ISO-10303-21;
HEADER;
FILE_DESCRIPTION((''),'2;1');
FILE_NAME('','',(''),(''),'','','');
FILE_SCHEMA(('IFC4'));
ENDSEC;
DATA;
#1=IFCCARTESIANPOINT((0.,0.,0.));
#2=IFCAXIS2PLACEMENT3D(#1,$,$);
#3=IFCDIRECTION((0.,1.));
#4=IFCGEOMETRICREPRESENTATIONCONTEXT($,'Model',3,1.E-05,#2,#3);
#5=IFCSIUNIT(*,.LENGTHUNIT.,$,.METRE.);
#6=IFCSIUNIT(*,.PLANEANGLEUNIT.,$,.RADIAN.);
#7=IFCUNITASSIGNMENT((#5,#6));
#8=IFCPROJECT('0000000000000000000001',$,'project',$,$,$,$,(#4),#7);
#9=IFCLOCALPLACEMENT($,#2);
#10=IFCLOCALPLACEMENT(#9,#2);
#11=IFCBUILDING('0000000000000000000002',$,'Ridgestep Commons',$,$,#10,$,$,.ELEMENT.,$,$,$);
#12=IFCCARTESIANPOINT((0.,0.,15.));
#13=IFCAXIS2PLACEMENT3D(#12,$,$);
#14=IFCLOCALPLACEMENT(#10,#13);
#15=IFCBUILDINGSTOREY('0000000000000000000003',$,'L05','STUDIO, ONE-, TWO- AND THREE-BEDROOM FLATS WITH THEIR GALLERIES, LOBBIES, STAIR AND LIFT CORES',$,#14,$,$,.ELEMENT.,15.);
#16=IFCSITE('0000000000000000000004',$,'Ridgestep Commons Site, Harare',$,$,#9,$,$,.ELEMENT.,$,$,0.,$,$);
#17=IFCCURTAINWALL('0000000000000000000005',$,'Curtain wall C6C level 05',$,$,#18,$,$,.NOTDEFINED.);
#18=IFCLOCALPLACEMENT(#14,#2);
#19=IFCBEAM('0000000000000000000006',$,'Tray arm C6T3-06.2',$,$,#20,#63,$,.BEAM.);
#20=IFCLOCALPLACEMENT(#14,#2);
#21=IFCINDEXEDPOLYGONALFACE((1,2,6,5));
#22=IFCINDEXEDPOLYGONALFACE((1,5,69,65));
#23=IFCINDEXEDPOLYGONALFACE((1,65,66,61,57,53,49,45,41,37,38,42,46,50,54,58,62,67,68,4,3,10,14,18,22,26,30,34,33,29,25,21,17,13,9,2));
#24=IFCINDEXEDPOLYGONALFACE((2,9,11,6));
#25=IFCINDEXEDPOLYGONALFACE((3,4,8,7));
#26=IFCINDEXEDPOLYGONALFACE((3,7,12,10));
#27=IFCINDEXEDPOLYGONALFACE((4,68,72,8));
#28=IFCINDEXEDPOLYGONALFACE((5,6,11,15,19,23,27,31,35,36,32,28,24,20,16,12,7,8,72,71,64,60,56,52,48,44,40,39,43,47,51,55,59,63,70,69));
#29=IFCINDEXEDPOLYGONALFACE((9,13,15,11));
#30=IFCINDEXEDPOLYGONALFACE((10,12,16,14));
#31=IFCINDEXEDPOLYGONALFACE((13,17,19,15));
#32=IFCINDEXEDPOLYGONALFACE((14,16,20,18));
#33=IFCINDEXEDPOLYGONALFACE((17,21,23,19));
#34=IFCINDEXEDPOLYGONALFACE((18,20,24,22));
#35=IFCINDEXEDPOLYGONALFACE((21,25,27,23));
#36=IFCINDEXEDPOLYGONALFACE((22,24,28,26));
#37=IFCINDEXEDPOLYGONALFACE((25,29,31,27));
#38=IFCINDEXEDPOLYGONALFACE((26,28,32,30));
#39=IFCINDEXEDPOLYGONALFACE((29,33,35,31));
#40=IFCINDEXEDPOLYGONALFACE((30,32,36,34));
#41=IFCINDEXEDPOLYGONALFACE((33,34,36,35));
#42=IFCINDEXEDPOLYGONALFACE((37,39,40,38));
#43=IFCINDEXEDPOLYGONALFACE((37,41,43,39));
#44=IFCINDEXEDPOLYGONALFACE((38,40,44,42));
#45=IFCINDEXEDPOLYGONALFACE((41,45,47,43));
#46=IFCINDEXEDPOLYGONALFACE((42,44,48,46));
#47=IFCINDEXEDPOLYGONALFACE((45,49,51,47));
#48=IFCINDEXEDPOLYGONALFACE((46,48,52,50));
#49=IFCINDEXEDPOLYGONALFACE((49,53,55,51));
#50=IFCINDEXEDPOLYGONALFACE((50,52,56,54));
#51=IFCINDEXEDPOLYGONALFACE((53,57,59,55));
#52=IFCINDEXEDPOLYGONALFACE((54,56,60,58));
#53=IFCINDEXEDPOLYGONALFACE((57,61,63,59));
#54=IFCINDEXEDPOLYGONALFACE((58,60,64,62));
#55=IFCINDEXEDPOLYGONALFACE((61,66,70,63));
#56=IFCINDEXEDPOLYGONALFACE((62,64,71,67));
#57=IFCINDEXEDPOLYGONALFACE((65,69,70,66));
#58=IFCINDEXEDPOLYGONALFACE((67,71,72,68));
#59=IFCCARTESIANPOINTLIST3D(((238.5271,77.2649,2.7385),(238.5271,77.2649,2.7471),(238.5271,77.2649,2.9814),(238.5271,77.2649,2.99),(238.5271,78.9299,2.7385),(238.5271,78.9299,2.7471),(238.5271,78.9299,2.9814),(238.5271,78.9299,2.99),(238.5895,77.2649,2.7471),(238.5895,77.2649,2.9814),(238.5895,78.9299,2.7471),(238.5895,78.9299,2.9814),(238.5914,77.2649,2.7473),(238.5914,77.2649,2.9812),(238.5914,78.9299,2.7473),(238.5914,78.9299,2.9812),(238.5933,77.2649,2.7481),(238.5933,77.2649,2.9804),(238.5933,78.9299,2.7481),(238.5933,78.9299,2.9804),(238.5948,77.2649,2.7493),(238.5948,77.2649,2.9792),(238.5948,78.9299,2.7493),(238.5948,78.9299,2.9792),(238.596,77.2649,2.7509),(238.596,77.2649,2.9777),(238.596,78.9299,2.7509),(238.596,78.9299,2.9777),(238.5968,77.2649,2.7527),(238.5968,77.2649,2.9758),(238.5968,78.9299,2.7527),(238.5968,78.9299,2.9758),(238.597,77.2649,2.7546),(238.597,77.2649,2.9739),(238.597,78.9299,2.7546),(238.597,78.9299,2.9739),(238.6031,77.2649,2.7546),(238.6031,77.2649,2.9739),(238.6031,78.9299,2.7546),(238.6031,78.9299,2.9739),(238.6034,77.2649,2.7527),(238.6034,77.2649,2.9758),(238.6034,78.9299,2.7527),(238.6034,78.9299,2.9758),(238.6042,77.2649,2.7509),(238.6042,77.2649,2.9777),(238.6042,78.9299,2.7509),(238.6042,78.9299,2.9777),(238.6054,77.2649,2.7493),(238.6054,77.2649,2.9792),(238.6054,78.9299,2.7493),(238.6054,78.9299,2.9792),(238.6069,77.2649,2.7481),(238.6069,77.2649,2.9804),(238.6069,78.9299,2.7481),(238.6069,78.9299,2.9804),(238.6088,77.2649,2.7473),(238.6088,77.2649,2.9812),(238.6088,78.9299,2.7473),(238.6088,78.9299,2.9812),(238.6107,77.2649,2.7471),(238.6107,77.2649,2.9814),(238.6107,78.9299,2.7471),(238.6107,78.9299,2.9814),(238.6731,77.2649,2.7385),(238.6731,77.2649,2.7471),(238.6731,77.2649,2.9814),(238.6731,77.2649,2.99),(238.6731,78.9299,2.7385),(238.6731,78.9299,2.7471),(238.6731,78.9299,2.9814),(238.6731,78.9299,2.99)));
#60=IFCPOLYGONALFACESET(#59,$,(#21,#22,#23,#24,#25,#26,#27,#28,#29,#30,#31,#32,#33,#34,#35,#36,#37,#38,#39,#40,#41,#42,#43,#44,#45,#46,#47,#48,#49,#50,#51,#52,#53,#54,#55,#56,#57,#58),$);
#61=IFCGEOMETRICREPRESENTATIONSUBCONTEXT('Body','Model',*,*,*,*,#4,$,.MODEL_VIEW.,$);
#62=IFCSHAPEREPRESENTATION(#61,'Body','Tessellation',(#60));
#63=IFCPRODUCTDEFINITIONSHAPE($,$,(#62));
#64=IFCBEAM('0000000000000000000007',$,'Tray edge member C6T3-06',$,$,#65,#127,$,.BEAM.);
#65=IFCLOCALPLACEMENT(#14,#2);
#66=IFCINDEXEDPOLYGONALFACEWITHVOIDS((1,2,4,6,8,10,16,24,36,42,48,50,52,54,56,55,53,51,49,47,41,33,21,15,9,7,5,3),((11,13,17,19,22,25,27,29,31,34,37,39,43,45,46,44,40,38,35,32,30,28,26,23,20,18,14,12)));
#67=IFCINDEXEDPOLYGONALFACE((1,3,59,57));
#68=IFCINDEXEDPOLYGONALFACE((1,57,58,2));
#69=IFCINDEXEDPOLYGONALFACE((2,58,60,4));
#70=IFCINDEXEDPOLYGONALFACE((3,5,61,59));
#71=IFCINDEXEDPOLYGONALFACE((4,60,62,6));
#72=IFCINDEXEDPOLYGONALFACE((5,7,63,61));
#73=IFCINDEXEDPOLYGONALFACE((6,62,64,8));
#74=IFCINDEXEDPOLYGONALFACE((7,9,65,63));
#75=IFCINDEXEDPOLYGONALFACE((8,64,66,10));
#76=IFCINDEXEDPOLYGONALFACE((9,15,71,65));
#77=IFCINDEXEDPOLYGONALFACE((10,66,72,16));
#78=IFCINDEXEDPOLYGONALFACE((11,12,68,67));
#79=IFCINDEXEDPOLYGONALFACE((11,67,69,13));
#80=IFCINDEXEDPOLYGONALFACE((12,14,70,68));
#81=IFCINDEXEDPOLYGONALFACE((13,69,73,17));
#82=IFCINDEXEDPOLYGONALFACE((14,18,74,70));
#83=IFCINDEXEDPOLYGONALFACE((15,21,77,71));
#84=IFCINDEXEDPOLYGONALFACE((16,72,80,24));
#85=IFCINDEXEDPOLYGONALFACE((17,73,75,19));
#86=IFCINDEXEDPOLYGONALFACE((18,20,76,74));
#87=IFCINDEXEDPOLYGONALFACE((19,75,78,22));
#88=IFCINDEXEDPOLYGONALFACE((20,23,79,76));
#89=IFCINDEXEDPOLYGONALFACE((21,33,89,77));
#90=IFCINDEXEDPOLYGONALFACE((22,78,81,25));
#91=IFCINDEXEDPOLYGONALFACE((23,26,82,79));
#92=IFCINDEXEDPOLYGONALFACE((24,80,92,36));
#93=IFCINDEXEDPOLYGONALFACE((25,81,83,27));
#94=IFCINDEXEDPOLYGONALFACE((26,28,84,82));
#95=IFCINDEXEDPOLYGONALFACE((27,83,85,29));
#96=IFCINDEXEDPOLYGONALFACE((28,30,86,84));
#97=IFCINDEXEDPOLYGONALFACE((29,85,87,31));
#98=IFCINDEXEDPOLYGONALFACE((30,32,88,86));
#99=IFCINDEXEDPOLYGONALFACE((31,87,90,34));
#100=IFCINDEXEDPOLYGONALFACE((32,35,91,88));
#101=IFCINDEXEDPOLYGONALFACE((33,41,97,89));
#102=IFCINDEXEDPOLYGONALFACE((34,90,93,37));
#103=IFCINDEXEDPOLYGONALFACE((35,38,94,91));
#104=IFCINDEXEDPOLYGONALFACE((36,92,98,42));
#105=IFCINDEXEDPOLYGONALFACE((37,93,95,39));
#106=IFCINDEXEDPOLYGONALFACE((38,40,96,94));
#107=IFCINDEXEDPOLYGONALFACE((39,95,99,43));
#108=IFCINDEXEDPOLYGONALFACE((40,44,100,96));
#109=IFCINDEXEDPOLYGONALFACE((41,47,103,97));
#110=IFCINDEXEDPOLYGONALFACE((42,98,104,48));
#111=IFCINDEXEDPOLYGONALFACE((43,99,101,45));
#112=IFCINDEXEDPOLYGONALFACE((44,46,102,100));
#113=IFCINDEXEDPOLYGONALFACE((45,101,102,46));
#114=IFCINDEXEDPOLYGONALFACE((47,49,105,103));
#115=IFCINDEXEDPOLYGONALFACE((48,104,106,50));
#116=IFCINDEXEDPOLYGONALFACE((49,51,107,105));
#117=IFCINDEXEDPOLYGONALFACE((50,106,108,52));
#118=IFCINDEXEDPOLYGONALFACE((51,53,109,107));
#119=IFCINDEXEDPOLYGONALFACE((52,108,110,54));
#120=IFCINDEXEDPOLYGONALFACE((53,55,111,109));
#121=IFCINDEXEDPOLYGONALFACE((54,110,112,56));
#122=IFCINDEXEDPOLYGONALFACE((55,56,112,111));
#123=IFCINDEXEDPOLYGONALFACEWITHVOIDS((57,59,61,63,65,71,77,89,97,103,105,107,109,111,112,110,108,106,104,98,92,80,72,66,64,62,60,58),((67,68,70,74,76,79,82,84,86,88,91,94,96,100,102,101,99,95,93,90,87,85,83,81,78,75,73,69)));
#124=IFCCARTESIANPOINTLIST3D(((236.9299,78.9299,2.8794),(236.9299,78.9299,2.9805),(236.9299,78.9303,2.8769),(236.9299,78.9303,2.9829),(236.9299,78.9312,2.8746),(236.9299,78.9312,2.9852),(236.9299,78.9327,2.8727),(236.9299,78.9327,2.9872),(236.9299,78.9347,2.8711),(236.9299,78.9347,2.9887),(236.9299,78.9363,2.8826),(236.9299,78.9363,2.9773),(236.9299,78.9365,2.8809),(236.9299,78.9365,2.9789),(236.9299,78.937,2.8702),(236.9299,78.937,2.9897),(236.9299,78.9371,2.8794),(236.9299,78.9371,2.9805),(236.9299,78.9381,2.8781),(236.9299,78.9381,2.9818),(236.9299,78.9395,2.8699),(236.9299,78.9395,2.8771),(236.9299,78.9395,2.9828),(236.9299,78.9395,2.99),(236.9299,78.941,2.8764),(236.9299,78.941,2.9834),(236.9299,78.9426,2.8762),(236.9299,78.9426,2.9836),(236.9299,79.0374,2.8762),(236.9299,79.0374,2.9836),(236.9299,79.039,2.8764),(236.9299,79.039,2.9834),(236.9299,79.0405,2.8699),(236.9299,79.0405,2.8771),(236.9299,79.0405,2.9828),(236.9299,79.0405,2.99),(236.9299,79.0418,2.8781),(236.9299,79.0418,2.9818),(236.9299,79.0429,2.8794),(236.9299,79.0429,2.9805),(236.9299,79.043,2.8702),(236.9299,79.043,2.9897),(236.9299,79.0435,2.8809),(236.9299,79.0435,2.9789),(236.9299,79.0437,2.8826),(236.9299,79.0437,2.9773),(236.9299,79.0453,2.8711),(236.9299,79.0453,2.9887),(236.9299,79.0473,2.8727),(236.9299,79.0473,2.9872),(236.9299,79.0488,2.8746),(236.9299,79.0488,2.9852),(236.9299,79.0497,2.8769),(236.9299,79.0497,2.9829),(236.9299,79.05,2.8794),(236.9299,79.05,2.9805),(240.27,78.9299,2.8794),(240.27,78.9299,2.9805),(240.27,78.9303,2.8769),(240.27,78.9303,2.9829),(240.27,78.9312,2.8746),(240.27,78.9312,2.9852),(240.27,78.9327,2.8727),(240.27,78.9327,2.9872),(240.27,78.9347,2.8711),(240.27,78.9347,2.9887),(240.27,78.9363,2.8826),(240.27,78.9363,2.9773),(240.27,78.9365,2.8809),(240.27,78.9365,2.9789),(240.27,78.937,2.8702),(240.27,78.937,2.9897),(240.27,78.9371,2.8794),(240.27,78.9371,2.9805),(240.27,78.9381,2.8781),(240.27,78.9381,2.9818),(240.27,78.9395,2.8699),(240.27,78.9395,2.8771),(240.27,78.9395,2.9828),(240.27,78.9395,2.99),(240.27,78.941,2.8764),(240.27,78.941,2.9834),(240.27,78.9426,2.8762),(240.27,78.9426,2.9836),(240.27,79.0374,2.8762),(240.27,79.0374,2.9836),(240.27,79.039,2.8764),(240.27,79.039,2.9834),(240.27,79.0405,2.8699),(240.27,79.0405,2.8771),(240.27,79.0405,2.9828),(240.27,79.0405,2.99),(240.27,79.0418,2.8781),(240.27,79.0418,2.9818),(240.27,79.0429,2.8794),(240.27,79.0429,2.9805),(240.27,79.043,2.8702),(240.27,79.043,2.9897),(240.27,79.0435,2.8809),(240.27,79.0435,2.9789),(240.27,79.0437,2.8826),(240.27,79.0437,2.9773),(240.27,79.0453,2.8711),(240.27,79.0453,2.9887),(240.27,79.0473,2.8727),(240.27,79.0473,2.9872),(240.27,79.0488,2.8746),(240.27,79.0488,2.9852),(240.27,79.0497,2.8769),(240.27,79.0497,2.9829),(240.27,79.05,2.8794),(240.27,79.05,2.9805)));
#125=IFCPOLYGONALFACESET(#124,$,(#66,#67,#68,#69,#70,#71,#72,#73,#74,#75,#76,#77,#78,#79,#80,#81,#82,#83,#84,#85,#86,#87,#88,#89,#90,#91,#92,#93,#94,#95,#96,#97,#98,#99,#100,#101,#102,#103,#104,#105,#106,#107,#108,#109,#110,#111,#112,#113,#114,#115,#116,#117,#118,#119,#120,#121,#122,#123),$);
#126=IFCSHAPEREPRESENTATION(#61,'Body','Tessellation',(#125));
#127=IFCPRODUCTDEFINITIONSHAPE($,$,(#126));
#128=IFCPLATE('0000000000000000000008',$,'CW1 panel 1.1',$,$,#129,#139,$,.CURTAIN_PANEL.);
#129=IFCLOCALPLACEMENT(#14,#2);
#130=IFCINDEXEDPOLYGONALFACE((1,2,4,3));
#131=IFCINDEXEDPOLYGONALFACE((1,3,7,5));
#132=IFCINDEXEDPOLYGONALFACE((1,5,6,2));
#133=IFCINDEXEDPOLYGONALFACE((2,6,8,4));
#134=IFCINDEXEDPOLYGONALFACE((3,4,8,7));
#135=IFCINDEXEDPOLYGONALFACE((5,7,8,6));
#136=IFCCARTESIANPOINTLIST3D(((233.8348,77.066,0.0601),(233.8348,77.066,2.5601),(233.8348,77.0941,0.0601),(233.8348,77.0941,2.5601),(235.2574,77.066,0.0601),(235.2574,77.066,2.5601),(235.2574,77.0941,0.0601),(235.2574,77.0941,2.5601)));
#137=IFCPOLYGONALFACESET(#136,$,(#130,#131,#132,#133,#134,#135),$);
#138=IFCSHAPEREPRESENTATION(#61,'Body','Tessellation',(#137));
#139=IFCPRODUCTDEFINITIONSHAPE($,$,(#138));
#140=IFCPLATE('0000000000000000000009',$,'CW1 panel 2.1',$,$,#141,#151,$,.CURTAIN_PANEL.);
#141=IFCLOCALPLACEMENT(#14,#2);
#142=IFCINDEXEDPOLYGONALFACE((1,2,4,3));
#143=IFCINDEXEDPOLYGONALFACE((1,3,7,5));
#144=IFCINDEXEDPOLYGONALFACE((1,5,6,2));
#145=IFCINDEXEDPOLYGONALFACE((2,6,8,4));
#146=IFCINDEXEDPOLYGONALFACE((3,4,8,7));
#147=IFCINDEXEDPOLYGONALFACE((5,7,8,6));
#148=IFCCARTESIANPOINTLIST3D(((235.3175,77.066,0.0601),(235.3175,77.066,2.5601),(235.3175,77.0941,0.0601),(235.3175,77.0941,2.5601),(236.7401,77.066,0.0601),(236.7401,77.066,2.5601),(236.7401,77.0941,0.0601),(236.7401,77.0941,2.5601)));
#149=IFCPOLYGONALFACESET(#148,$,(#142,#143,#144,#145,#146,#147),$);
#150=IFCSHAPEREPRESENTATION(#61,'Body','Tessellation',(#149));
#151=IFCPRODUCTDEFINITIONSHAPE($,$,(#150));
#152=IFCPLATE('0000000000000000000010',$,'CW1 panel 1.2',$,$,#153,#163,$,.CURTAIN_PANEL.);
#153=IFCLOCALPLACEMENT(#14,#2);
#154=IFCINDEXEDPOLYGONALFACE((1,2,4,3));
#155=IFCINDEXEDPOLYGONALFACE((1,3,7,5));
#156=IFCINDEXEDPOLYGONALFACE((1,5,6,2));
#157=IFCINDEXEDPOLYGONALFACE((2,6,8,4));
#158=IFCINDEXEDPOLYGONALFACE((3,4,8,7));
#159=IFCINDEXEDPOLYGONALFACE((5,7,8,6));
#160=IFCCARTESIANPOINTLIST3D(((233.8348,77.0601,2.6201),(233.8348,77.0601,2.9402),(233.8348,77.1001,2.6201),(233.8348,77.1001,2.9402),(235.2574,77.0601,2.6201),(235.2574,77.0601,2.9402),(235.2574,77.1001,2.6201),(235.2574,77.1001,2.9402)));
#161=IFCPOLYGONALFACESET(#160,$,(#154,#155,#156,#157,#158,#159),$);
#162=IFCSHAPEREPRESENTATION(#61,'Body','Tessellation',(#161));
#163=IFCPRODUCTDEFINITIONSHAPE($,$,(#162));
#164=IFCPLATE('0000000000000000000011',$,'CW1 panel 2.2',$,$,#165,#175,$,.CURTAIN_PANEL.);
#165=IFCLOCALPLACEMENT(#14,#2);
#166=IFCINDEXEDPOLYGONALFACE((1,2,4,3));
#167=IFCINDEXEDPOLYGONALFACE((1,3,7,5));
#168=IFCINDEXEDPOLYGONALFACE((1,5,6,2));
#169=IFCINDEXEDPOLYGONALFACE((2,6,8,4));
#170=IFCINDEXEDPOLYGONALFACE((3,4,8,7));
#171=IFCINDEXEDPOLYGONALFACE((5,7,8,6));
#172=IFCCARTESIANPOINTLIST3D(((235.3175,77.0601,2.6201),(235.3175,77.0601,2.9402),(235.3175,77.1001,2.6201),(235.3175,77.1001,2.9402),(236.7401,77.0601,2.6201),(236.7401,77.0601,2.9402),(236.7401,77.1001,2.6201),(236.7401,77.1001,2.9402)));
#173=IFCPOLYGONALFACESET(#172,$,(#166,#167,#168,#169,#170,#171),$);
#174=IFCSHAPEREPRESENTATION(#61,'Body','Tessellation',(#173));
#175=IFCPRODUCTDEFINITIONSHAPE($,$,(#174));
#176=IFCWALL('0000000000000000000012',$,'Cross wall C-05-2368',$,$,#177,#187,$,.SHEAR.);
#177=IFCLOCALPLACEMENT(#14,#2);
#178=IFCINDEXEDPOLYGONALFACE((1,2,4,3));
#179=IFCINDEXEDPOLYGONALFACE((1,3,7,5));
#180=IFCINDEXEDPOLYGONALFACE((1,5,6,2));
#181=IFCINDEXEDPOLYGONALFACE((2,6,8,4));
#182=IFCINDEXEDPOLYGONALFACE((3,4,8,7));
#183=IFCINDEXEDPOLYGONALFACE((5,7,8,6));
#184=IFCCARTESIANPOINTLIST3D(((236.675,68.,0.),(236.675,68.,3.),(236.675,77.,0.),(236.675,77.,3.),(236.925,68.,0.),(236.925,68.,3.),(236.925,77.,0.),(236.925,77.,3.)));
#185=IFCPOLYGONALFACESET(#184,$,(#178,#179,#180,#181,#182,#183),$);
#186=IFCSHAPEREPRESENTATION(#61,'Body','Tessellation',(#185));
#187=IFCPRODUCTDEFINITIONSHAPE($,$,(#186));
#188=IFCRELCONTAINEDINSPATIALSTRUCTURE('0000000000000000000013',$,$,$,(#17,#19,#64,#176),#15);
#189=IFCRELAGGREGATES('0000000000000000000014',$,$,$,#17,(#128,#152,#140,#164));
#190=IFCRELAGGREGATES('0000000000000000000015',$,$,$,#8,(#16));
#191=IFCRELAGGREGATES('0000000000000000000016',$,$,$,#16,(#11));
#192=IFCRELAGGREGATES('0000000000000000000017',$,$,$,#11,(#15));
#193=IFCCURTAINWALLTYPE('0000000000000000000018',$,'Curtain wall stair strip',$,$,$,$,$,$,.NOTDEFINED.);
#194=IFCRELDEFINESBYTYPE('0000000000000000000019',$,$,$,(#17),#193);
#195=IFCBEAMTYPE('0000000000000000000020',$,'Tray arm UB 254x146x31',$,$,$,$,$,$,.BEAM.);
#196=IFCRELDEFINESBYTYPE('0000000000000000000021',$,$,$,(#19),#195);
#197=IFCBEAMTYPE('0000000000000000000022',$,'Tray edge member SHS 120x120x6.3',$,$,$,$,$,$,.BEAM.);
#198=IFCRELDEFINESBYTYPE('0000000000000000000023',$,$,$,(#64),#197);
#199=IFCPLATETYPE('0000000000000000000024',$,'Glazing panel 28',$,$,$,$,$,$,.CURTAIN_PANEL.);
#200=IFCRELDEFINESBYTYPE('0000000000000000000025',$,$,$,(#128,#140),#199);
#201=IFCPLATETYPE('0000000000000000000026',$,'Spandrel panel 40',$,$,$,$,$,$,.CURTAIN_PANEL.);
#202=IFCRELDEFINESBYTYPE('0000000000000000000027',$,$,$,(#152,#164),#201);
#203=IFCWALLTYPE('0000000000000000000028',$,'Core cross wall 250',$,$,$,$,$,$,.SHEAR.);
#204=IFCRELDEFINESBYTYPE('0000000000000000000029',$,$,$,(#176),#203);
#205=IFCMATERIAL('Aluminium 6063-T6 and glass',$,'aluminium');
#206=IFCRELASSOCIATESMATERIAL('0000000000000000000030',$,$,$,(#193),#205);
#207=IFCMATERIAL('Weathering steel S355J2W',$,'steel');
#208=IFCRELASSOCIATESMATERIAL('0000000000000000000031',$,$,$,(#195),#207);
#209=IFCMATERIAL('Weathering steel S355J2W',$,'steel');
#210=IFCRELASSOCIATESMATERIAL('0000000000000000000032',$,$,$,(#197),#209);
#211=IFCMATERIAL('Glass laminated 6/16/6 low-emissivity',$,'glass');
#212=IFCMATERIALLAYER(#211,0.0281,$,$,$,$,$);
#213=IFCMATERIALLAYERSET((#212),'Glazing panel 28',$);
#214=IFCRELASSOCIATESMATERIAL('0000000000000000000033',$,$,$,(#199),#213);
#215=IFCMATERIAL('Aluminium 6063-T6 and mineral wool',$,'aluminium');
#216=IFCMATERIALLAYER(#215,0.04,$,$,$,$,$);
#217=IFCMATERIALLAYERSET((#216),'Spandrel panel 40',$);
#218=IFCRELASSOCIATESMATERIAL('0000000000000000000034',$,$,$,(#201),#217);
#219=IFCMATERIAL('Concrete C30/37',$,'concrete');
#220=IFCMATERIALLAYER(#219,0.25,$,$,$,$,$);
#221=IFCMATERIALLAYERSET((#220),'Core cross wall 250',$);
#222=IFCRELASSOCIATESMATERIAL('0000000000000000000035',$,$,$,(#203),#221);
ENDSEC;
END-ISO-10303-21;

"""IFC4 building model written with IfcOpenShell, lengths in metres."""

from ifc_helpers import new_model, si_unit, direction, frame, frame_2d, origin, origin_2d, place, context, subcontext, project, spatial, rectangle, hollow_rectangle, i_section, extrude, material, layer, layer_set, material_profile, profile_set, type_object, element, aggregate, save


model = new_model("IFC4")

# Units and contexts
model_context = context("Model", 3, precision=1e-05, world=origin(), true_north=direction((0.0, 1.0)))
body_context = subcontext(model_context, "Body", "Model", "MODEL_VIEW")
ifc_project = project(units=[si_unit("LENGTHUNIT", "METRE"), si_unit("PLANEANGLEUNIT", "RADIAN")], contexts=[model_context])

# Site, building, storey
site_placement = place(None, origin())
site = spatial("IfcSite", under=ifc_project, at=site_placement, Name="Ridgestep Commons Site, Harare", CompositionType="ELEMENT", RefElevation=0.0)
building_placement = place(site_placement, origin())
building = spatial("IfcBuilding", under=site, at=building_placement, Name="Ridgestep Commons", CompositionType="ELEMENT")
storey_placement = place(building_placement, frame((0.0, 0.0, 15.0)))
storey = spatial("IfcBuildingStorey", under=building, at=storey_placement, Name="L05", Description="STUDIO, ONE-, TWO- AND THREE-BEDROOM FLATS WITH THEIR GALLERIES, LOBBIES, STAIR AND LIFT CORES", CompositionType="ELEMENT", Elevation=15.0)

# Curtain wall
ifc_material_1 = material(Name="Aluminium 6063-T6 and glass", Category="aluminium")
curtain_wall_type = type_object("IfcCurtainWallType", Name="Curtain wall stair strip", PredefinedType="NOTDEFINED", material=ifc_material_1)
curtain_wall_placement = place(storey_placement, origin())
curtain_wall = element("IfcCurtainWall", 1, at=curtain_wall_placement, inside=storey, type_object=curtain_wall_type, Name="Curtain wall C6C level 05", PredefinedType="NOTDEFINED")

# Beams
ifc_material_2 = material(Name="Weathering steel S355J2W", Category="steel")
ifc_material_profile_1 = material_profile(ifc_material_2, i_section(OverallWidth=0.146, OverallDepth=0.2515, WebThickness=0.0061, FlangeThickness=0.0085, FilletRadius=0.0076, at=origin_2d()), Name="UB 254x146x31")
ifc_profile_set_1 = profile_set([ifc_material_profile_1], Name="Weathering steel S355J2W")
beam_type_1 = type_object("IfcBeamType", Name="Tray arm UB 254x146x31", PredefinedType="BEAM", material=ifc_profile_set_1)
for number, where, z_axis, x_axis, name in (
    (2, (238.6001, 77.2649, 2.8643), (0.0, 1.0, 0.0), (-1.0, 0.0, 0.0), "Tray arm C6T3-06.2"),
):
    element("IfcBeam", number, at=place(storey_placement, frame(where, z_axis=z_axis, x_axis=x_axis)), inside=storey, type_object=beam_type_1, Name=name, PredefinedType="BEAM", context=body_context, shape_type="SweptSolid", body=[
        extrude(i_section(OverallWidth=0.146, OverallDepth=0.2515, WebThickness=0.0061, FlangeThickness=0.0085, FilletRadius=0.0076, at=origin_2d()), origin(), (0.0, 0.0, 1.0), 1.665),
    ])
ifc_material_3 = material(Name="Weathering steel S355J2W", Category="steel")
ifc_material_profile_2 = material_profile(ifc_material_3, hollow_rectangle(XDim=0.1201, YDim=0.1201, WallThickness=0.0063, InnerFilletRadius=0.0063, OuterFilletRadius=0.0095, at=origin_2d()), Name="SHS 120x120x6.3")
ifc_profile_set_2 = profile_set([ifc_material_profile_2], Name="Weathering steel S355J2W")
beam_type_2 = type_object("IfcBeamType", Name="Tray edge member SHS 120x120x6.3", PredefinedType="BEAM", material=ifc_profile_set_2)
beam_1_placement = place(storey_placement, frame((236.9299, 78.99, 2.9299), z_axis=(1.0, 0.0, 0.0), x_axis=(0.0, 0.0, 1.0)))
element("IfcBeam", 3, at=beam_1_placement, inside=storey, type_object=beam_type_2, Name="Tray edge member C6T3-06", PredefinedType="BEAM", context=body_context, shape_type="SweptSolid", body=[
    extrude(hollow_rectangle(XDim=0.1201, YDim=0.1201, WallThickness=0.0063, InnerFilletRadius=0.0063, OuterFilletRadius=0.0095, at=origin_2d()), origin(), (0.0, 0.0, 1.0), 3.3401),
])

# Plates
ifc_material_4 = material(Name="Glass laminated 6/16/6 low-emissivity", Category="glass")
ifc_layer_1 = layer(ifc_material_4, 0.0281)
ifc_layer_set_1 = layer_set([ifc_layer_1], Name="Glazing panel 28")
plate_type_1 = type_object("IfcPlateType", Name="Glazing panel 28", PredefinedType="CURTAIN_PANEL", material=ifc_layer_set_1)
plate_1_placement = place(storey_placement, frame((234.5461, 77.0801, 0.0601), z_axis=(0.0, 0.0, 1.0), x_axis=(1.0, 0.0, 0.0)))
plate_1 = element("IfcPlate", 4, at=plate_1_placement, type_object=plate_type_1, Name="CW1 panel 1.1", PredefinedType="CURTAIN_PANEL", context=body_context, shape_type="SweptSolid", body=[
    extrude(rectangle(XDim=1.4226, YDim=0.0281, at=origin_2d()), origin(), (0.0, 0.0, 1.0), 2.5),
])
plate_2_placement = place(storey_placement, frame((236.0288, 77.0801, 0.0601), z_axis=(0.0, 0.0, 1.0), x_axis=(1.0, 0.0, 0.0)))
plate_2 = element("IfcPlate", 5, at=plate_2_placement, type_object=plate_type_1, Name="CW1 panel 2.1", PredefinedType="CURTAIN_PANEL", context=body_context, shape_type="SweptSolid", body=[
    extrude(rectangle(XDim=1.4226, YDim=0.0281, at=origin_2d()), origin(), (0.0, 0.0, 1.0), 2.5),
])
ifc_material_5 = material(Name="Aluminium 6063-T6 and mineral wool", Category="aluminium")
ifc_layer_2 = layer(ifc_material_5, 0.04)
ifc_layer_set_2 = layer_set([ifc_layer_2], Name="Spandrel panel 40")
plate_type_2 = type_object("IfcPlateType", Name="Spandrel panel 40", PredefinedType="CURTAIN_PANEL", material=ifc_layer_set_2)
plate_3_placement = place(storey_placement, frame((234.5461, 77.0801, 2.6201), z_axis=(0.0, 0.0, 1.0), x_axis=(1.0, 0.0, 0.0)))
plate_3 = element("IfcPlate", 6, at=plate_3_placement, type_object=plate_type_2, Name="CW1 panel 1.2", PredefinedType="CURTAIN_PANEL", context=body_context, shape_type="SweptSolid", body=[
    extrude(rectangle(XDim=1.4226, YDim=0.04, at=origin_2d()), origin(), (0.0, 0.0, 1.0), 0.3201),
])
plate_4_placement = place(storey_placement, frame((236.0288, 77.0801, 2.6201), z_axis=(0.0, 0.0, 1.0), x_axis=(1.0, 0.0, 0.0)))
plate_4 = element("IfcPlate", 7, at=plate_4_placement, type_object=plate_type_2, Name="CW1 panel 2.2", PredefinedType="CURTAIN_PANEL", context=body_context, shape_type="SweptSolid", body=[
    extrude(rectangle(XDim=1.4226, YDim=0.04, at=origin_2d()), origin(), (0.0, 0.0, 1.0), 0.3201),
])
aggregate(curtain_wall, [plate_1, plate_3, plate_2, plate_4])

# Wall
ifc_material_6 = material(Name="Concrete C30/37", Category="concrete")
ifc_layer_3 = layer(ifc_material_6, 0.25)
ifc_layer_set_3 = layer_set([ifc_layer_3], Name="Core cross wall 250")
wall_type_1 = type_object("IfcWallType", Name="Core cross wall 250", PredefinedType="SHEAR", material=ifc_layer_set_3)
wall_1_placement = place(storey_placement, frame((236.8, 68.0, 0.0), z_axis=(0.0, 0.0, 1.0), x_axis=(0.0, 1.0, 0.0)))
element("IfcWall", 8, at=wall_1_placement, inside=storey, type_object=wall_type_1, Name="Cross wall C-05-2368", PredefinedType="SHEAR", context=body_context, shape_type="SweptSolid", body=[
    extrude(rectangle(XDim=9.0, YDim=0.25, at=frame_2d((4.5, 0.0))), origin(), (0.0, 0.0, 1.0), 3.0),
])

save(model, "model.ifc")
